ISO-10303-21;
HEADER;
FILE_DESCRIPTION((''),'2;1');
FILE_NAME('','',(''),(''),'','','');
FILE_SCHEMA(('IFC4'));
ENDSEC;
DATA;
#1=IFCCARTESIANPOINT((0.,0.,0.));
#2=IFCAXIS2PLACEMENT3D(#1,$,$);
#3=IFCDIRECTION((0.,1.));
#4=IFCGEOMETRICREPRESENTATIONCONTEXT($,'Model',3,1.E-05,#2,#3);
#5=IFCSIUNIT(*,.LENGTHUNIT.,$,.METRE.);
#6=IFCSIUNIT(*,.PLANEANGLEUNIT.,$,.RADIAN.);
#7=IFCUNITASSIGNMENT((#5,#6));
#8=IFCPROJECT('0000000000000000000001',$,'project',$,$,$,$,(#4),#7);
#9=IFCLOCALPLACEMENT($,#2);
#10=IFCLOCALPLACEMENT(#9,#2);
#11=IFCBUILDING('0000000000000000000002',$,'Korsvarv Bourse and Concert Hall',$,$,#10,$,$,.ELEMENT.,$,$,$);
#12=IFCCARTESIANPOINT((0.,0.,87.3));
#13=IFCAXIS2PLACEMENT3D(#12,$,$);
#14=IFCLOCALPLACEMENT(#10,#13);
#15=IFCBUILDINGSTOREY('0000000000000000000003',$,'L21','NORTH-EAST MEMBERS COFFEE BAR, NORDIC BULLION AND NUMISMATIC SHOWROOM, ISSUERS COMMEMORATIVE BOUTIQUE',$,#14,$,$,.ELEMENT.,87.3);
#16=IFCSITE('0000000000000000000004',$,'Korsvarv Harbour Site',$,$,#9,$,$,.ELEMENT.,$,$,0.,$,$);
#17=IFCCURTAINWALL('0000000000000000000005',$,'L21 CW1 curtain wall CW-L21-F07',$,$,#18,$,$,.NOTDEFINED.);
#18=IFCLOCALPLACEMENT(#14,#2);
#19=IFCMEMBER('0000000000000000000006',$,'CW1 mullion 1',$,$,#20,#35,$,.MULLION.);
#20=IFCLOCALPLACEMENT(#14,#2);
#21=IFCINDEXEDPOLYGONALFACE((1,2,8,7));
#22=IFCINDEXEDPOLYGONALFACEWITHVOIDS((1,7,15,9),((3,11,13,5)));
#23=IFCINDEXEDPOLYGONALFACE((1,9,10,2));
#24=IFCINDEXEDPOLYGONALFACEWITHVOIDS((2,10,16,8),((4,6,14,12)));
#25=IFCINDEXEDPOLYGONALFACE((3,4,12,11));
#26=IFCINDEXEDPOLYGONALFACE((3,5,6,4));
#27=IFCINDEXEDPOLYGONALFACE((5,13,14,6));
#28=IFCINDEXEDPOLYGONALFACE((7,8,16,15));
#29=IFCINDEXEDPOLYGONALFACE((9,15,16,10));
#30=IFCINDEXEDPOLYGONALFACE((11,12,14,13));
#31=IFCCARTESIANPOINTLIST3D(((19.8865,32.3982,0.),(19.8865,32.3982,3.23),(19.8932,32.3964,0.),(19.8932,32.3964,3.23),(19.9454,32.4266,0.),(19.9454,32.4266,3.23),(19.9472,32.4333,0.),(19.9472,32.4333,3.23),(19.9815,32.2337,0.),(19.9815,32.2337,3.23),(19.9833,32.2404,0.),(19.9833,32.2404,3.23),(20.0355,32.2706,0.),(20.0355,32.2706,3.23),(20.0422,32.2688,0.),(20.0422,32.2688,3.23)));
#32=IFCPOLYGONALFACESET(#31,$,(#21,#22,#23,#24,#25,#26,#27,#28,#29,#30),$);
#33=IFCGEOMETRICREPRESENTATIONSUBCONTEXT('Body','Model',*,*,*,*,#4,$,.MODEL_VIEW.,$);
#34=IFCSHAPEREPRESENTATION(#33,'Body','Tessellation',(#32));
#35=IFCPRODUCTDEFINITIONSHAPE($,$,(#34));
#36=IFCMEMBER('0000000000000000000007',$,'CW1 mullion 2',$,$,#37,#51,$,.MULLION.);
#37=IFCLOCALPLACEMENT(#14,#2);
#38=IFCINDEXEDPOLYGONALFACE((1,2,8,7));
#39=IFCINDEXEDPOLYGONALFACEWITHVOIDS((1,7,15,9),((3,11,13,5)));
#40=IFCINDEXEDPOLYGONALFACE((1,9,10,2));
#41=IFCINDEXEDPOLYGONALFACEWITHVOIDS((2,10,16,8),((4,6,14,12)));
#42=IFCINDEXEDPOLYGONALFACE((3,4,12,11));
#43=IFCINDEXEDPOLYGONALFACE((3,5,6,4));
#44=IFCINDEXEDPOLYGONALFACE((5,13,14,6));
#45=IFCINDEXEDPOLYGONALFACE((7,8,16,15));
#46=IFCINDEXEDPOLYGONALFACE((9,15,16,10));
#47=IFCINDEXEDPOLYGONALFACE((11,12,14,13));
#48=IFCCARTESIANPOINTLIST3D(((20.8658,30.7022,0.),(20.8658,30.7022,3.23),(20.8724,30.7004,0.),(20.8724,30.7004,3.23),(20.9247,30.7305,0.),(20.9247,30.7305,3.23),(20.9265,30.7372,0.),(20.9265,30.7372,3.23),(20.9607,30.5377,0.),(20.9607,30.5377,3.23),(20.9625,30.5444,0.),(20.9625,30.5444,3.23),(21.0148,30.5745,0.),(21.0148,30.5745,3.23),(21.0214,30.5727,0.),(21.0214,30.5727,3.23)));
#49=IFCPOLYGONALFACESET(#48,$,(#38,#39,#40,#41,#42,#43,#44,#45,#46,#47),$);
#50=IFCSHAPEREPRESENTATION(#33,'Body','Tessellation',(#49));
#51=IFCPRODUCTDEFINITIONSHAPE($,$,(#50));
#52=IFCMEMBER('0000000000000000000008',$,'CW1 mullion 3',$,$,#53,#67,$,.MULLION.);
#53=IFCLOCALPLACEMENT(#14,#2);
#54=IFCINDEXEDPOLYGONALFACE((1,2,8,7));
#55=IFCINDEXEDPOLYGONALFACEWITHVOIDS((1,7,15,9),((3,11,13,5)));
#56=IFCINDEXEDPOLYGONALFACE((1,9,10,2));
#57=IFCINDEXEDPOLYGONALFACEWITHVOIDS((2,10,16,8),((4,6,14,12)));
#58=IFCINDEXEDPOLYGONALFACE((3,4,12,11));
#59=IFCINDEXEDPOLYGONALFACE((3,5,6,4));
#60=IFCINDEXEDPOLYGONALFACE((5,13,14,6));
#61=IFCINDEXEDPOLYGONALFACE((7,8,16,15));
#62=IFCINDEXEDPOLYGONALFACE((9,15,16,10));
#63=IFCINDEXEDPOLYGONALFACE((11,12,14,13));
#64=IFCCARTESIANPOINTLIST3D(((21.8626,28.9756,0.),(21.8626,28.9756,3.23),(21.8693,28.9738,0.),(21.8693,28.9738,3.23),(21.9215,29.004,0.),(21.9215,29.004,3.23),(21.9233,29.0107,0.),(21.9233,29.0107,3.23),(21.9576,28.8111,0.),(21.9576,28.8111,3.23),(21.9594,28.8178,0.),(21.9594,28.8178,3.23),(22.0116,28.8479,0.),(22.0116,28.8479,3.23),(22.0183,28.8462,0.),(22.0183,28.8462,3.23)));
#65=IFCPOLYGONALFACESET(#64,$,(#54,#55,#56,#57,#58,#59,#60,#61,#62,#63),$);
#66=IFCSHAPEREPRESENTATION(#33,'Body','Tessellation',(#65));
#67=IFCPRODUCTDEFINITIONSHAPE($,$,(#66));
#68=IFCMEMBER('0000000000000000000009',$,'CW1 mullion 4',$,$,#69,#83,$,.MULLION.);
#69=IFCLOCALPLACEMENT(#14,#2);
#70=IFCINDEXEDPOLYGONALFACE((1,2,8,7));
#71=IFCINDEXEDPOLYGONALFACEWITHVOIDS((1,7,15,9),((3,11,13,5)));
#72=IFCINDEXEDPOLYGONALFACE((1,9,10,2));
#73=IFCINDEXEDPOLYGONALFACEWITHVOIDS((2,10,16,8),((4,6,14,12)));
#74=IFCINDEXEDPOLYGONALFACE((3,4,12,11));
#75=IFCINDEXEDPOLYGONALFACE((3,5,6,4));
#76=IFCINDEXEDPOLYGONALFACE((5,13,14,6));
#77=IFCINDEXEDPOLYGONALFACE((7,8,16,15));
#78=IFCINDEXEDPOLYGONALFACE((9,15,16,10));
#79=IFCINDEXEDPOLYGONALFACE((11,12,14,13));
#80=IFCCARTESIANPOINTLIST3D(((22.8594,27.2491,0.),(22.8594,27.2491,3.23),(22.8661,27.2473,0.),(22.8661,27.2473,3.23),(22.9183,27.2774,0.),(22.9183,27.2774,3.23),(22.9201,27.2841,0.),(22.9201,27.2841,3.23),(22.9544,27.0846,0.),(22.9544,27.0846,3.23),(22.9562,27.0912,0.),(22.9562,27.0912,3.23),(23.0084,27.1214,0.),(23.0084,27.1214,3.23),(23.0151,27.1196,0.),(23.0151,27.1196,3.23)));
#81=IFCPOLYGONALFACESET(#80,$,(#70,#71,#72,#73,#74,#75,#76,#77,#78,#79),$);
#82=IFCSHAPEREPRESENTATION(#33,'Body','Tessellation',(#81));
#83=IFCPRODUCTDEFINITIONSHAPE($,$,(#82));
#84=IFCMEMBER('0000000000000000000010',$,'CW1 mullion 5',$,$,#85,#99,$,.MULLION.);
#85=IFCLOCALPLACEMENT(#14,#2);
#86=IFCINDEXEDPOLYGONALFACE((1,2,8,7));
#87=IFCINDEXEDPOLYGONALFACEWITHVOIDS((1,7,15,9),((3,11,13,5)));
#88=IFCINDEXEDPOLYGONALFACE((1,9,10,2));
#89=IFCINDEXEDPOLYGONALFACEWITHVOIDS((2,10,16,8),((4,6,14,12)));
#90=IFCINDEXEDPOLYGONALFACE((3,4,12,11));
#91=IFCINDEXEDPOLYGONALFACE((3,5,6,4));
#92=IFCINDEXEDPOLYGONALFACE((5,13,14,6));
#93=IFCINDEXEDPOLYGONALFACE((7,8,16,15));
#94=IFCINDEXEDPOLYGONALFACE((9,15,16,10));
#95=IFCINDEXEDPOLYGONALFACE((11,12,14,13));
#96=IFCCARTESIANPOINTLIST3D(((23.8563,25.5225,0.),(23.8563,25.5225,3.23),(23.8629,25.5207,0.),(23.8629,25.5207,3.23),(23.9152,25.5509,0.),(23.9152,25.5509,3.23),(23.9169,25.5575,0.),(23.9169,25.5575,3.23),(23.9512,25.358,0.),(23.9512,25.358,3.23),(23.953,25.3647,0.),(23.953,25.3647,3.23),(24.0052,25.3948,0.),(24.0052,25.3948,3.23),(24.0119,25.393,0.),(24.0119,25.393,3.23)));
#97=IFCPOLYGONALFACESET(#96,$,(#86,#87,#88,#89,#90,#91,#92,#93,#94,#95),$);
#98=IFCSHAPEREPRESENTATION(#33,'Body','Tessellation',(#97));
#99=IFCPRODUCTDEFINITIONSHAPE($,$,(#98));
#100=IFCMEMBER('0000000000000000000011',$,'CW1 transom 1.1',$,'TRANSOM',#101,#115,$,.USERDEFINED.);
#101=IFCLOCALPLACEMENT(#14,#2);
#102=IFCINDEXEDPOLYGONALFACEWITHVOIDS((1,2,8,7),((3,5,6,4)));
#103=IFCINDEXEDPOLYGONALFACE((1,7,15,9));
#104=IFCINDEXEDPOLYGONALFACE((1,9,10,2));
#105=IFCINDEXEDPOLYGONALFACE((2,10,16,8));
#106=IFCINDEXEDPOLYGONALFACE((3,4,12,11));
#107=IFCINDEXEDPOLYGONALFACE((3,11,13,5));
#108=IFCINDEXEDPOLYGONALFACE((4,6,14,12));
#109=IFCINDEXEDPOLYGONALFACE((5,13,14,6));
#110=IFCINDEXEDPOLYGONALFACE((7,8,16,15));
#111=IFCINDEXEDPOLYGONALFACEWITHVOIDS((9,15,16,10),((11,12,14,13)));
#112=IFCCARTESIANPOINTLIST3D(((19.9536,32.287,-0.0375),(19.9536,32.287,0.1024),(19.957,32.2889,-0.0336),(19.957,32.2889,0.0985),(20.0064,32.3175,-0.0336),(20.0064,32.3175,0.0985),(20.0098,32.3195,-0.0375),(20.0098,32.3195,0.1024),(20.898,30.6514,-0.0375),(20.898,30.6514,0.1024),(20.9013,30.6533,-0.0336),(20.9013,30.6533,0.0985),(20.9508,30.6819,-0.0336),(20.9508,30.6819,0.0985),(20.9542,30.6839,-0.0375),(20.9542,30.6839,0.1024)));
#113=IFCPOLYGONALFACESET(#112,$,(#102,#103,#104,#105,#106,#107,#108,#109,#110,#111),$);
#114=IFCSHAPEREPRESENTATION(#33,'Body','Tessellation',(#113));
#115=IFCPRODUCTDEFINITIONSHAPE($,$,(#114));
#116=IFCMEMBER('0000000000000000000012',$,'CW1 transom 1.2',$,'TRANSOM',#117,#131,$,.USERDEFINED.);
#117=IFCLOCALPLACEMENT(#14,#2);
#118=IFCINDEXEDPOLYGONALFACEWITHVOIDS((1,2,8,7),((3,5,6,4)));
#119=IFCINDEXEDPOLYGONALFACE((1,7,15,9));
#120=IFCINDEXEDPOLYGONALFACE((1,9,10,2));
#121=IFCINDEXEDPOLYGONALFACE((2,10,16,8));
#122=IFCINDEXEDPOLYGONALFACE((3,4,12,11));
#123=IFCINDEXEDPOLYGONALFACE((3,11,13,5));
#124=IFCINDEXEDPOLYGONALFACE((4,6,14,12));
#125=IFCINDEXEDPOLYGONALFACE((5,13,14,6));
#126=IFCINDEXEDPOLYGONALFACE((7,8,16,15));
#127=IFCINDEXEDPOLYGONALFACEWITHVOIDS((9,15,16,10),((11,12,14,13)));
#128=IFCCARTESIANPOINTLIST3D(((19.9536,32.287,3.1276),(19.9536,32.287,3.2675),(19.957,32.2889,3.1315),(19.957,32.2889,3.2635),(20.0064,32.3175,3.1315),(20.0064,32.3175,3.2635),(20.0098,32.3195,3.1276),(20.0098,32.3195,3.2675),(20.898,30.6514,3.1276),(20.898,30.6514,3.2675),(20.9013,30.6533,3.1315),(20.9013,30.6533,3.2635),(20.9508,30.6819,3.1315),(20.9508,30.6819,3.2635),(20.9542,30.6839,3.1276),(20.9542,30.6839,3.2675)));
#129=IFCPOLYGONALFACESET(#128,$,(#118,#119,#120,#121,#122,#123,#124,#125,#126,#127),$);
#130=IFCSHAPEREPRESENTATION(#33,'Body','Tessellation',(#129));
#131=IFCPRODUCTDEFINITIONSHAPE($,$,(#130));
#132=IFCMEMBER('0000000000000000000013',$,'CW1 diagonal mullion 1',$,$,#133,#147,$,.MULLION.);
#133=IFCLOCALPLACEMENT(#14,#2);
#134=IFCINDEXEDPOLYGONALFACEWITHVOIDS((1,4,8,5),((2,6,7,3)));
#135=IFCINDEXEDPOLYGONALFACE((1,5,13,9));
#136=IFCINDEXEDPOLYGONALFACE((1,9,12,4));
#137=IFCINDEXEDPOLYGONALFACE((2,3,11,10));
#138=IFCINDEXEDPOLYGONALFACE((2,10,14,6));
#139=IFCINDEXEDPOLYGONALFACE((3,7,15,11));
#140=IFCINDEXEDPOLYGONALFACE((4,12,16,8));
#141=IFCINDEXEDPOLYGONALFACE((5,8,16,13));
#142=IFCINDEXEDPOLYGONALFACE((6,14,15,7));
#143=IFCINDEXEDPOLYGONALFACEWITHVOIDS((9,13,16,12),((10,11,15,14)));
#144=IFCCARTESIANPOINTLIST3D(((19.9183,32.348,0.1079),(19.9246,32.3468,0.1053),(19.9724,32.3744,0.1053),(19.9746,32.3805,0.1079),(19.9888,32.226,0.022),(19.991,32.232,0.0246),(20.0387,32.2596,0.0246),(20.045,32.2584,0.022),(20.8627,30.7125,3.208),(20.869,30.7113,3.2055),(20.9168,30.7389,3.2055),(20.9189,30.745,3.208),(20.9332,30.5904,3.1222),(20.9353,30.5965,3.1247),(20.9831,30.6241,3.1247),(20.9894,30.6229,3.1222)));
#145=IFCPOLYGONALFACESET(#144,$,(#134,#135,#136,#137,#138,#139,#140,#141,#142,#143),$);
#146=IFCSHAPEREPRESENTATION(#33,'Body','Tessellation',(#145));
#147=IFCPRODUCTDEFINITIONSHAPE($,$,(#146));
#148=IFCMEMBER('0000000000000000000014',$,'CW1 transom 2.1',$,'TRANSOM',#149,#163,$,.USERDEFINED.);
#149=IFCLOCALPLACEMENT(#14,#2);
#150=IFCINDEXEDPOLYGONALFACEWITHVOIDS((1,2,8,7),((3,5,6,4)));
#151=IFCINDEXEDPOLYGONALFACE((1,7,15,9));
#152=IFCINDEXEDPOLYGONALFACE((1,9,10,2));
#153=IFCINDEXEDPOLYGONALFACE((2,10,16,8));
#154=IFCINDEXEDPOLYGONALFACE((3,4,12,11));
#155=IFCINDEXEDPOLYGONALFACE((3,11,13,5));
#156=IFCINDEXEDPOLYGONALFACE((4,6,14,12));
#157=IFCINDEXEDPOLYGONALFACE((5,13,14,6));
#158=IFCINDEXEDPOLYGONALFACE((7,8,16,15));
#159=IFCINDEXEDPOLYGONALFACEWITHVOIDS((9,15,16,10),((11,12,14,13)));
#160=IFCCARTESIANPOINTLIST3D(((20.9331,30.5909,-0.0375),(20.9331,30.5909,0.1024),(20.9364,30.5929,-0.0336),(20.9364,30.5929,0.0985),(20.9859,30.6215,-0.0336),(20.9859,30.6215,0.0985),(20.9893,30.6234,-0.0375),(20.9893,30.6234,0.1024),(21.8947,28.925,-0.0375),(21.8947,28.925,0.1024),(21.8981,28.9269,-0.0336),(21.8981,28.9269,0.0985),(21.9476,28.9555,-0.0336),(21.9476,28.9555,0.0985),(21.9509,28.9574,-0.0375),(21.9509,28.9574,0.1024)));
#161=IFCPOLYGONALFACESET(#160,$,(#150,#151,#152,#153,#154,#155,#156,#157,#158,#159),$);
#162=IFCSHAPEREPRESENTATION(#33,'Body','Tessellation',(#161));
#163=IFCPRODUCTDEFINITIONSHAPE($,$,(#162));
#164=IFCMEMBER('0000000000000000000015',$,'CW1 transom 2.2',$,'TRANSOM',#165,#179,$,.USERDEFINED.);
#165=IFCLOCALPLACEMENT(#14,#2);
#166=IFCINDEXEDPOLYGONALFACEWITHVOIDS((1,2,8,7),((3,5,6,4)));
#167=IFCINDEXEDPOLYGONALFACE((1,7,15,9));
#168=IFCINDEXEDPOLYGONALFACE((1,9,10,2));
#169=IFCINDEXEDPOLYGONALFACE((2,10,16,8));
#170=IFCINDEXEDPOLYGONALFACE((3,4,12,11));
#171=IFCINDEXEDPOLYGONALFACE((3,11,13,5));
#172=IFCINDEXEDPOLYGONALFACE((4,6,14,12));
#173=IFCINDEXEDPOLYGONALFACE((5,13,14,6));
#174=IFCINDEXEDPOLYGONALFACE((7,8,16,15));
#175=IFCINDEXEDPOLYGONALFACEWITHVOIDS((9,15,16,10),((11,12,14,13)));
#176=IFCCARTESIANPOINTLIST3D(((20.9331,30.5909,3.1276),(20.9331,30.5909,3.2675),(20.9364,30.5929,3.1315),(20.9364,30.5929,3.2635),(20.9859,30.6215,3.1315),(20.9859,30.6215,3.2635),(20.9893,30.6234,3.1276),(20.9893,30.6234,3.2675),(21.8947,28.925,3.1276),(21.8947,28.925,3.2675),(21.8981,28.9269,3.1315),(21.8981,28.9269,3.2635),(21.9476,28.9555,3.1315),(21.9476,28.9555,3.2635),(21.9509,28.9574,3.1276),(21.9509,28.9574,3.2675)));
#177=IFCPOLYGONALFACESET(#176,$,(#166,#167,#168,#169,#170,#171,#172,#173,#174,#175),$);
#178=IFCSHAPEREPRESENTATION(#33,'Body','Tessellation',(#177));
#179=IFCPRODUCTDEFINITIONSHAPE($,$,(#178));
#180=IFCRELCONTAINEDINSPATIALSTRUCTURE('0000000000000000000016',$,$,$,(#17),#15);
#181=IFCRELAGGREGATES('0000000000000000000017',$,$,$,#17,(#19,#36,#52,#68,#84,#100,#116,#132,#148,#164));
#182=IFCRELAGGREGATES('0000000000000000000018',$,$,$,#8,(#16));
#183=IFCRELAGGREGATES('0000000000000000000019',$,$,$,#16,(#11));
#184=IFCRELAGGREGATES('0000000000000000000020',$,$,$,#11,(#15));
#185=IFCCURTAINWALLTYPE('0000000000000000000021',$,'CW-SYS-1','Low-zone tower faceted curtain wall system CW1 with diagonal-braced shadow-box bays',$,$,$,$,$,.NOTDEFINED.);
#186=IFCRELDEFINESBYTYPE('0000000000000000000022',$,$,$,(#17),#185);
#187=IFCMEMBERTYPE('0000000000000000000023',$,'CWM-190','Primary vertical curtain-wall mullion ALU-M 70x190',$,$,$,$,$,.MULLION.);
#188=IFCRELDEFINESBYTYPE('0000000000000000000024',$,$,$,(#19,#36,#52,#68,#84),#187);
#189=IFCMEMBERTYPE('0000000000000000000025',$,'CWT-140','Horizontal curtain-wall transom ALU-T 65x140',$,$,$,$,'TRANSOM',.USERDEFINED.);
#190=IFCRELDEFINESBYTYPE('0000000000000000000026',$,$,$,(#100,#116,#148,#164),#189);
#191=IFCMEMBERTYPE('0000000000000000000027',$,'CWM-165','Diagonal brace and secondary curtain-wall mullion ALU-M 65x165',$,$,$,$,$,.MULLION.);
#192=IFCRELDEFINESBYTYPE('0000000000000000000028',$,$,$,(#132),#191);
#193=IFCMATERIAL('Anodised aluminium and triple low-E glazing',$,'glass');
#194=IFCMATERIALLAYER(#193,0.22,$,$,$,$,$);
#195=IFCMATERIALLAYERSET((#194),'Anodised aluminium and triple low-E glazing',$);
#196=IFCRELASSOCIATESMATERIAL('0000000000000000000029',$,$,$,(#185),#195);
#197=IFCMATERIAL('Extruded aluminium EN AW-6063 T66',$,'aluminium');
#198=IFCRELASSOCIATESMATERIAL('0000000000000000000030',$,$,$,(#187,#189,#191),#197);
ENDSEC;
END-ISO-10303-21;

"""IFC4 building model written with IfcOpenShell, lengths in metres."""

from ifc_helpers import new_model, si_unit, direction, frame, origin, origin_2d, place, context, subcontext, project, spatial, hollow_rectangle, extrude, source, transform, mapped, material, layer, layer_set, material_profile, profile_set, type_object, element, aggregate, save


model = new_model("IFC4")

# Units and contexts
model_context = context("Model", 3, precision=1e-05, world=origin(), true_north=direction((0.0, 1.0)))
body_context = subcontext(model_context, "Body", "Model", "MODEL_VIEW")
ifc_project = project(units=[si_unit("LENGTHUNIT", "METRE"), si_unit("PLANEANGLEUNIT", "RADIAN")], contexts=[model_context])

# Site, building, storey
site_placement = place(None, origin())
site = spatial("IfcSite", under=ifc_project, at=site_placement, Name="Korsvarv Harbour Site", CompositionType="ELEMENT", RefElevation=0.0)
building_placement = place(site_placement, origin())
building = spatial("IfcBuilding", under=site, at=building_placement, Name="Korsvarv Bourse and Concert Hall", CompositionType="ELEMENT")
storey_placement = place(building_placement, frame((0.0, 0.0, 87.3)))
storey = spatial("IfcBuildingStorey", under=building, at=storey_placement, Name="L21", Description="NORTH-EAST MEMBERS COFFEE BAR, NORDIC BULLION AND NUMISMATIC SHOWROOM, ISSUERS COMMEMORATIVE BOUTIQUE", CompositionType="ELEMENT", Elevation=87.3)

# Curtain wall, members
ifc_material_1 = material(Name="Anodised aluminium and triple low-E glazing", Category="glass")
ifc_layer_1 = layer(ifc_material_1, 0.22)
ifc_layer_set_1 = layer_set([ifc_layer_1], Name="Anodised aluminium and triple low-E glazing")
curtain_wall_type = type_object("IfcCurtainWallType", Name="CW-SYS-1", Description="Low-zone tower faceted curtain wall system CW1 with diagonal-braced shadow-box bays", PredefinedType="NOTDEFINED", material=ifc_layer_set_1)
curtain_wall_placement = place(storey_placement, origin())
curtain_wall = element("IfcCurtainWall", 1, at=curtain_wall_placement, inside=storey, type_object=curtain_wall_type, Name="L21 CW1 curtain wall CW-L21-F07", PredefinedType="NOTDEFINED")
ifc_material_2 = material(Name="Extruded aluminium EN AW-6063 T66", Category="aluminium")
ifc_material_profile_1 = material_profile(ifc_material_2, hollow_rectangle(XDim=0.0701, YDim=0.1899, WallThickness=0.0049, at=origin_2d()), Name="ALU-M 70x190")
ifc_profile_set_1 = profile_set([ifc_material_profile_1], Name="Extruded aluminium EN AW-6063 T66")
member_type_1 = type_object("IfcMemberType", Name="CWM-190", Description="Primary vertical curtain-wall mullion ALU-M 70x190", PredefinedType="MULLION", material=ifc_profile_set_1)
shared_shape_1 = source(origin(), body_context, "Body", "SweptSolid", [
    extrude(hollow_rectangle(XDim=0.0701, YDim=0.1899, WallThickness=0.0049, at=origin_2d()), origin(), (0.0, 0.0, 1.0), 3.23),
])
member_1_placement = place(storey_placement, frame((19.9644, 32.3335, 0.0), z_axis=(0.0, 0.0, 1.0), x_axis=(0.866026, 0.499999, 0.0)))
member_1 = element("IfcMember", 2, at=member_1_placement, type_object=member_type_1, Name="CW1 mullion 1", PredefinedType="MULLION", context=body_context, shape_type="MappedRepresentation", body=[
    mapped(shared_shape_1, transform((0.0, 0.0, 0.0), scale=1.0)),
])
member_2_placement = place(storey_placement, frame((20.9436, 30.6375, 0.0), z_axis=(0.0, 0.0, 1.0), x_axis=(0.866026, 0.499999, 0.0)))
member_2 = element("IfcMember", 3, at=member_2_placement, type_object=member_type_1, Name="CW1 mullion 2", PredefinedType="MULLION", context=body_context, shape_type="MappedRepresentation", body=[
    mapped(shared_shape_1, transform((0.0, 0.0, 0.0), scale=1.0)),
])
member_3_placement = place(storey_placement, frame((21.9404, 28.9109, 0.0), z_axis=(0.0, 0.0, 1.0), x_axis=(0.866026, 0.499999, 0.0)))
member_3 = element("IfcMember", 4, at=member_3_placement, type_object=member_type_1, Name="CW1 mullion 3", PredefinedType="MULLION", context=body_context, shape_type="MappedRepresentation", body=[
    mapped(shared_shape_1, transform((0.0, 0.0, 0.0), scale=1.0)),
])
member_4_placement = place(storey_placement, frame((22.9373, 27.1843, 0.0), z_axis=(0.0, 0.0, 1.0), x_axis=(0.866026, 0.499999, 0.0)))
member_4 = element("IfcMember", 5, at=member_4_placement, type_object=member_type_1, Name="CW1 mullion 4", PredefinedType="MULLION", context=body_context, shape_type="MappedRepresentation", body=[
    mapped(shared_shape_1, transform((0.0, 0.0, 0.0), scale=1.0)),
])
member_5_placement = place(storey_placement, frame((23.9341, 25.4578, 0.0), z_axis=(0.0, 0.0, 1.0), x_axis=(0.866026, 0.499999, 0.0)))
member_5 = element("IfcMember", 6, at=member_5_placement, type_object=member_type_1, Name="CW1 mullion 5", PredefinedType="MULLION", context=body_context, shape_type="MappedRepresentation", body=[
    mapped(shared_shape_1, transform((0.0, 0.0, 0.0), scale=1.0)),
])
ifc_material_profile_2 = material_profile(ifc_material_2, hollow_rectangle(XDim=0.0649, YDim=0.1399, WallThickness=0.0039, at=origin_2d()), Name="ALU-T 65x140")
ifc_profile_set_2 = profile_set([ifc_material_profile_2], Name="Extruded aluminium EN AW-6063 T66")
member_type_2 = type_object("IfcMemberType", Name="CWT-140", Description="Horizontal curtain-wall transom ALU-T 65x140", ElementType="TRANSOM", PredefinedType="USERDEFINED", material=ifc_profile_set_2)
shared_shape_2 = source(origin(), body_context, "Body", "SweptSolid", [
    extrude(hollow_rectangle(XDim=0.0649, YDim=0.1399, WallThickness=0.0039, at=origin_2d()), origin(), (0.0, 0.0, 1.0), 1.8887),
])
member_6_placement = place(storey_placement, frame((19.9817, 32.3032, 0.0325), z_axis=(0.500032, -0.866007, 0.0), x_axis=(0.866007, 0.500032, 0.0)))
member_6 = element("IfcMember", 7, at=member_6_placement, type_object=member_type_2, Name="CW1 transom 1.1", ObjectType="TRANSOM", PredefinedType="USERDEFINED", context=body_context, shape_type="MappedRepresentation", body=[
    mapped(shared_shape_2, transform((0.0, 0.0, 0.0), scale=1.0)),
])
member_7_placement = place(storey_placement, frame((19.9817, 32.3032, 3.1975), z_axis=(0.500032, -0.866007, 0.0), x_axis=(0.866007, 0.500032, 0.0)))
member_7 = element("IfcMember", 8, at=member_7_placement, type_object=member_type_2, Name="CW1 transom 1.2", ObjectType="TRANSOM", PredefinedType="USERDEFINED", context=body_context, shape_type="MappedRepresentation", body=[
    mapped(shared_shape_2, transform((0.0, 0.0, 0.0), scale=1.0)),
])
ifc_material_profile_3 = material_profile(ifc_material_2, hollow_rectangle(XDim=0.0649, YDim=0.165, WallThickness=0.0049, at=origin_2d()), Name="ALU-M 65x165")
ifc_profile_set_3 = profile_set([ifc_material_profile_3], Name="Extruded aluminium EN AW-6063 T66")
member_type_3 = type_object("IfcMemberType", Name="CWM-165", Description="Diagonal brace and secondary curtain-wall mullion ALU-M 65x165", PredefinedType="MULLION", material=ifc_profile_set_3)
shared_shape_3 = source(origin(), body_context, "Body", "SweptSolid", [
    extrude(hollow_rectangle(XDim=0.0649, YDim=0.165, WallThickness=0.0049, at=origin_2d()), origin(), (0.0, 0.0, 1.0), 3.6301),
])
member_8_placement = place(storey_placement, frame((19.9817, 32.3032, 0.0649), z_axis=(0.260144, -0.450545, 0.854011), x_axis=(0.866007, 0.500032, 0.0)))
member_8 = element("IfcMember", 9, at=member_8_placement, type_object=member_type_3, Name="CW1 diagonal mullion 1", PredefinedType="MULLION", context=body_context, shape_type="MappedRepresentation", body=[
    mapped(shared_shape_3, transform((0.0, 0.0, 0.0), scale=1.0)),
])
shared_shape_4 = source(origin(), body_context, "Body", "SweptSolid", [
    extrude(hollow_rectangle(XDim=0.0649, YDim=0.1399, WallThickness=0.0039, at=origin_2d()), origin(), (0.0, 0.0, 1.0), 1.9236),
])
member_9_placement = place(storey_placement, frame((20.9612, 30.6072, 0.0325), z_axis=(0.49992, -0.866071, 0.0), x_axis=(0.866071, 0.49992, 0.0)))
member_9 = element("IfcMember", 10, at=member_9_placement, type_object=member_type_2, Name="CW1 transom 2.1", ObjectType="TRANSOM", PredefinedType="USERDEFINED", context=body_context, shape_type="MappedRepresentation", body=[
    mapped(shared_shape_4, transform((0.0, 0.0, 0.0), scale=1.0)),
])
member_10_placement = place(storey_placement, frame((20.9612, 30.6072, 3.1975), z_axis=(0.49992, -0.866071, 0.0), x_axis=(0.866071, 0.49992, 0.0)))
member_10 = element("IfcMember", 11, at=member_10_placement, type_object=member_type_2, Name="CW1 transom 2.2", ObjectType="TRANSOM", PredefinedType="USERDEFINED", context=body_context, shape_type="MappedRepresentation", body=[
    mapped(shared_shape_4, transform((0.0, 0.0, 0.0), scale=1.0)),
])

aggregate(curtain_wall, [member_1, member_2, member_3, member_4, member_5, member_6, member_7, member_8, member_9, member_10])

save(model, "model.ifc")
